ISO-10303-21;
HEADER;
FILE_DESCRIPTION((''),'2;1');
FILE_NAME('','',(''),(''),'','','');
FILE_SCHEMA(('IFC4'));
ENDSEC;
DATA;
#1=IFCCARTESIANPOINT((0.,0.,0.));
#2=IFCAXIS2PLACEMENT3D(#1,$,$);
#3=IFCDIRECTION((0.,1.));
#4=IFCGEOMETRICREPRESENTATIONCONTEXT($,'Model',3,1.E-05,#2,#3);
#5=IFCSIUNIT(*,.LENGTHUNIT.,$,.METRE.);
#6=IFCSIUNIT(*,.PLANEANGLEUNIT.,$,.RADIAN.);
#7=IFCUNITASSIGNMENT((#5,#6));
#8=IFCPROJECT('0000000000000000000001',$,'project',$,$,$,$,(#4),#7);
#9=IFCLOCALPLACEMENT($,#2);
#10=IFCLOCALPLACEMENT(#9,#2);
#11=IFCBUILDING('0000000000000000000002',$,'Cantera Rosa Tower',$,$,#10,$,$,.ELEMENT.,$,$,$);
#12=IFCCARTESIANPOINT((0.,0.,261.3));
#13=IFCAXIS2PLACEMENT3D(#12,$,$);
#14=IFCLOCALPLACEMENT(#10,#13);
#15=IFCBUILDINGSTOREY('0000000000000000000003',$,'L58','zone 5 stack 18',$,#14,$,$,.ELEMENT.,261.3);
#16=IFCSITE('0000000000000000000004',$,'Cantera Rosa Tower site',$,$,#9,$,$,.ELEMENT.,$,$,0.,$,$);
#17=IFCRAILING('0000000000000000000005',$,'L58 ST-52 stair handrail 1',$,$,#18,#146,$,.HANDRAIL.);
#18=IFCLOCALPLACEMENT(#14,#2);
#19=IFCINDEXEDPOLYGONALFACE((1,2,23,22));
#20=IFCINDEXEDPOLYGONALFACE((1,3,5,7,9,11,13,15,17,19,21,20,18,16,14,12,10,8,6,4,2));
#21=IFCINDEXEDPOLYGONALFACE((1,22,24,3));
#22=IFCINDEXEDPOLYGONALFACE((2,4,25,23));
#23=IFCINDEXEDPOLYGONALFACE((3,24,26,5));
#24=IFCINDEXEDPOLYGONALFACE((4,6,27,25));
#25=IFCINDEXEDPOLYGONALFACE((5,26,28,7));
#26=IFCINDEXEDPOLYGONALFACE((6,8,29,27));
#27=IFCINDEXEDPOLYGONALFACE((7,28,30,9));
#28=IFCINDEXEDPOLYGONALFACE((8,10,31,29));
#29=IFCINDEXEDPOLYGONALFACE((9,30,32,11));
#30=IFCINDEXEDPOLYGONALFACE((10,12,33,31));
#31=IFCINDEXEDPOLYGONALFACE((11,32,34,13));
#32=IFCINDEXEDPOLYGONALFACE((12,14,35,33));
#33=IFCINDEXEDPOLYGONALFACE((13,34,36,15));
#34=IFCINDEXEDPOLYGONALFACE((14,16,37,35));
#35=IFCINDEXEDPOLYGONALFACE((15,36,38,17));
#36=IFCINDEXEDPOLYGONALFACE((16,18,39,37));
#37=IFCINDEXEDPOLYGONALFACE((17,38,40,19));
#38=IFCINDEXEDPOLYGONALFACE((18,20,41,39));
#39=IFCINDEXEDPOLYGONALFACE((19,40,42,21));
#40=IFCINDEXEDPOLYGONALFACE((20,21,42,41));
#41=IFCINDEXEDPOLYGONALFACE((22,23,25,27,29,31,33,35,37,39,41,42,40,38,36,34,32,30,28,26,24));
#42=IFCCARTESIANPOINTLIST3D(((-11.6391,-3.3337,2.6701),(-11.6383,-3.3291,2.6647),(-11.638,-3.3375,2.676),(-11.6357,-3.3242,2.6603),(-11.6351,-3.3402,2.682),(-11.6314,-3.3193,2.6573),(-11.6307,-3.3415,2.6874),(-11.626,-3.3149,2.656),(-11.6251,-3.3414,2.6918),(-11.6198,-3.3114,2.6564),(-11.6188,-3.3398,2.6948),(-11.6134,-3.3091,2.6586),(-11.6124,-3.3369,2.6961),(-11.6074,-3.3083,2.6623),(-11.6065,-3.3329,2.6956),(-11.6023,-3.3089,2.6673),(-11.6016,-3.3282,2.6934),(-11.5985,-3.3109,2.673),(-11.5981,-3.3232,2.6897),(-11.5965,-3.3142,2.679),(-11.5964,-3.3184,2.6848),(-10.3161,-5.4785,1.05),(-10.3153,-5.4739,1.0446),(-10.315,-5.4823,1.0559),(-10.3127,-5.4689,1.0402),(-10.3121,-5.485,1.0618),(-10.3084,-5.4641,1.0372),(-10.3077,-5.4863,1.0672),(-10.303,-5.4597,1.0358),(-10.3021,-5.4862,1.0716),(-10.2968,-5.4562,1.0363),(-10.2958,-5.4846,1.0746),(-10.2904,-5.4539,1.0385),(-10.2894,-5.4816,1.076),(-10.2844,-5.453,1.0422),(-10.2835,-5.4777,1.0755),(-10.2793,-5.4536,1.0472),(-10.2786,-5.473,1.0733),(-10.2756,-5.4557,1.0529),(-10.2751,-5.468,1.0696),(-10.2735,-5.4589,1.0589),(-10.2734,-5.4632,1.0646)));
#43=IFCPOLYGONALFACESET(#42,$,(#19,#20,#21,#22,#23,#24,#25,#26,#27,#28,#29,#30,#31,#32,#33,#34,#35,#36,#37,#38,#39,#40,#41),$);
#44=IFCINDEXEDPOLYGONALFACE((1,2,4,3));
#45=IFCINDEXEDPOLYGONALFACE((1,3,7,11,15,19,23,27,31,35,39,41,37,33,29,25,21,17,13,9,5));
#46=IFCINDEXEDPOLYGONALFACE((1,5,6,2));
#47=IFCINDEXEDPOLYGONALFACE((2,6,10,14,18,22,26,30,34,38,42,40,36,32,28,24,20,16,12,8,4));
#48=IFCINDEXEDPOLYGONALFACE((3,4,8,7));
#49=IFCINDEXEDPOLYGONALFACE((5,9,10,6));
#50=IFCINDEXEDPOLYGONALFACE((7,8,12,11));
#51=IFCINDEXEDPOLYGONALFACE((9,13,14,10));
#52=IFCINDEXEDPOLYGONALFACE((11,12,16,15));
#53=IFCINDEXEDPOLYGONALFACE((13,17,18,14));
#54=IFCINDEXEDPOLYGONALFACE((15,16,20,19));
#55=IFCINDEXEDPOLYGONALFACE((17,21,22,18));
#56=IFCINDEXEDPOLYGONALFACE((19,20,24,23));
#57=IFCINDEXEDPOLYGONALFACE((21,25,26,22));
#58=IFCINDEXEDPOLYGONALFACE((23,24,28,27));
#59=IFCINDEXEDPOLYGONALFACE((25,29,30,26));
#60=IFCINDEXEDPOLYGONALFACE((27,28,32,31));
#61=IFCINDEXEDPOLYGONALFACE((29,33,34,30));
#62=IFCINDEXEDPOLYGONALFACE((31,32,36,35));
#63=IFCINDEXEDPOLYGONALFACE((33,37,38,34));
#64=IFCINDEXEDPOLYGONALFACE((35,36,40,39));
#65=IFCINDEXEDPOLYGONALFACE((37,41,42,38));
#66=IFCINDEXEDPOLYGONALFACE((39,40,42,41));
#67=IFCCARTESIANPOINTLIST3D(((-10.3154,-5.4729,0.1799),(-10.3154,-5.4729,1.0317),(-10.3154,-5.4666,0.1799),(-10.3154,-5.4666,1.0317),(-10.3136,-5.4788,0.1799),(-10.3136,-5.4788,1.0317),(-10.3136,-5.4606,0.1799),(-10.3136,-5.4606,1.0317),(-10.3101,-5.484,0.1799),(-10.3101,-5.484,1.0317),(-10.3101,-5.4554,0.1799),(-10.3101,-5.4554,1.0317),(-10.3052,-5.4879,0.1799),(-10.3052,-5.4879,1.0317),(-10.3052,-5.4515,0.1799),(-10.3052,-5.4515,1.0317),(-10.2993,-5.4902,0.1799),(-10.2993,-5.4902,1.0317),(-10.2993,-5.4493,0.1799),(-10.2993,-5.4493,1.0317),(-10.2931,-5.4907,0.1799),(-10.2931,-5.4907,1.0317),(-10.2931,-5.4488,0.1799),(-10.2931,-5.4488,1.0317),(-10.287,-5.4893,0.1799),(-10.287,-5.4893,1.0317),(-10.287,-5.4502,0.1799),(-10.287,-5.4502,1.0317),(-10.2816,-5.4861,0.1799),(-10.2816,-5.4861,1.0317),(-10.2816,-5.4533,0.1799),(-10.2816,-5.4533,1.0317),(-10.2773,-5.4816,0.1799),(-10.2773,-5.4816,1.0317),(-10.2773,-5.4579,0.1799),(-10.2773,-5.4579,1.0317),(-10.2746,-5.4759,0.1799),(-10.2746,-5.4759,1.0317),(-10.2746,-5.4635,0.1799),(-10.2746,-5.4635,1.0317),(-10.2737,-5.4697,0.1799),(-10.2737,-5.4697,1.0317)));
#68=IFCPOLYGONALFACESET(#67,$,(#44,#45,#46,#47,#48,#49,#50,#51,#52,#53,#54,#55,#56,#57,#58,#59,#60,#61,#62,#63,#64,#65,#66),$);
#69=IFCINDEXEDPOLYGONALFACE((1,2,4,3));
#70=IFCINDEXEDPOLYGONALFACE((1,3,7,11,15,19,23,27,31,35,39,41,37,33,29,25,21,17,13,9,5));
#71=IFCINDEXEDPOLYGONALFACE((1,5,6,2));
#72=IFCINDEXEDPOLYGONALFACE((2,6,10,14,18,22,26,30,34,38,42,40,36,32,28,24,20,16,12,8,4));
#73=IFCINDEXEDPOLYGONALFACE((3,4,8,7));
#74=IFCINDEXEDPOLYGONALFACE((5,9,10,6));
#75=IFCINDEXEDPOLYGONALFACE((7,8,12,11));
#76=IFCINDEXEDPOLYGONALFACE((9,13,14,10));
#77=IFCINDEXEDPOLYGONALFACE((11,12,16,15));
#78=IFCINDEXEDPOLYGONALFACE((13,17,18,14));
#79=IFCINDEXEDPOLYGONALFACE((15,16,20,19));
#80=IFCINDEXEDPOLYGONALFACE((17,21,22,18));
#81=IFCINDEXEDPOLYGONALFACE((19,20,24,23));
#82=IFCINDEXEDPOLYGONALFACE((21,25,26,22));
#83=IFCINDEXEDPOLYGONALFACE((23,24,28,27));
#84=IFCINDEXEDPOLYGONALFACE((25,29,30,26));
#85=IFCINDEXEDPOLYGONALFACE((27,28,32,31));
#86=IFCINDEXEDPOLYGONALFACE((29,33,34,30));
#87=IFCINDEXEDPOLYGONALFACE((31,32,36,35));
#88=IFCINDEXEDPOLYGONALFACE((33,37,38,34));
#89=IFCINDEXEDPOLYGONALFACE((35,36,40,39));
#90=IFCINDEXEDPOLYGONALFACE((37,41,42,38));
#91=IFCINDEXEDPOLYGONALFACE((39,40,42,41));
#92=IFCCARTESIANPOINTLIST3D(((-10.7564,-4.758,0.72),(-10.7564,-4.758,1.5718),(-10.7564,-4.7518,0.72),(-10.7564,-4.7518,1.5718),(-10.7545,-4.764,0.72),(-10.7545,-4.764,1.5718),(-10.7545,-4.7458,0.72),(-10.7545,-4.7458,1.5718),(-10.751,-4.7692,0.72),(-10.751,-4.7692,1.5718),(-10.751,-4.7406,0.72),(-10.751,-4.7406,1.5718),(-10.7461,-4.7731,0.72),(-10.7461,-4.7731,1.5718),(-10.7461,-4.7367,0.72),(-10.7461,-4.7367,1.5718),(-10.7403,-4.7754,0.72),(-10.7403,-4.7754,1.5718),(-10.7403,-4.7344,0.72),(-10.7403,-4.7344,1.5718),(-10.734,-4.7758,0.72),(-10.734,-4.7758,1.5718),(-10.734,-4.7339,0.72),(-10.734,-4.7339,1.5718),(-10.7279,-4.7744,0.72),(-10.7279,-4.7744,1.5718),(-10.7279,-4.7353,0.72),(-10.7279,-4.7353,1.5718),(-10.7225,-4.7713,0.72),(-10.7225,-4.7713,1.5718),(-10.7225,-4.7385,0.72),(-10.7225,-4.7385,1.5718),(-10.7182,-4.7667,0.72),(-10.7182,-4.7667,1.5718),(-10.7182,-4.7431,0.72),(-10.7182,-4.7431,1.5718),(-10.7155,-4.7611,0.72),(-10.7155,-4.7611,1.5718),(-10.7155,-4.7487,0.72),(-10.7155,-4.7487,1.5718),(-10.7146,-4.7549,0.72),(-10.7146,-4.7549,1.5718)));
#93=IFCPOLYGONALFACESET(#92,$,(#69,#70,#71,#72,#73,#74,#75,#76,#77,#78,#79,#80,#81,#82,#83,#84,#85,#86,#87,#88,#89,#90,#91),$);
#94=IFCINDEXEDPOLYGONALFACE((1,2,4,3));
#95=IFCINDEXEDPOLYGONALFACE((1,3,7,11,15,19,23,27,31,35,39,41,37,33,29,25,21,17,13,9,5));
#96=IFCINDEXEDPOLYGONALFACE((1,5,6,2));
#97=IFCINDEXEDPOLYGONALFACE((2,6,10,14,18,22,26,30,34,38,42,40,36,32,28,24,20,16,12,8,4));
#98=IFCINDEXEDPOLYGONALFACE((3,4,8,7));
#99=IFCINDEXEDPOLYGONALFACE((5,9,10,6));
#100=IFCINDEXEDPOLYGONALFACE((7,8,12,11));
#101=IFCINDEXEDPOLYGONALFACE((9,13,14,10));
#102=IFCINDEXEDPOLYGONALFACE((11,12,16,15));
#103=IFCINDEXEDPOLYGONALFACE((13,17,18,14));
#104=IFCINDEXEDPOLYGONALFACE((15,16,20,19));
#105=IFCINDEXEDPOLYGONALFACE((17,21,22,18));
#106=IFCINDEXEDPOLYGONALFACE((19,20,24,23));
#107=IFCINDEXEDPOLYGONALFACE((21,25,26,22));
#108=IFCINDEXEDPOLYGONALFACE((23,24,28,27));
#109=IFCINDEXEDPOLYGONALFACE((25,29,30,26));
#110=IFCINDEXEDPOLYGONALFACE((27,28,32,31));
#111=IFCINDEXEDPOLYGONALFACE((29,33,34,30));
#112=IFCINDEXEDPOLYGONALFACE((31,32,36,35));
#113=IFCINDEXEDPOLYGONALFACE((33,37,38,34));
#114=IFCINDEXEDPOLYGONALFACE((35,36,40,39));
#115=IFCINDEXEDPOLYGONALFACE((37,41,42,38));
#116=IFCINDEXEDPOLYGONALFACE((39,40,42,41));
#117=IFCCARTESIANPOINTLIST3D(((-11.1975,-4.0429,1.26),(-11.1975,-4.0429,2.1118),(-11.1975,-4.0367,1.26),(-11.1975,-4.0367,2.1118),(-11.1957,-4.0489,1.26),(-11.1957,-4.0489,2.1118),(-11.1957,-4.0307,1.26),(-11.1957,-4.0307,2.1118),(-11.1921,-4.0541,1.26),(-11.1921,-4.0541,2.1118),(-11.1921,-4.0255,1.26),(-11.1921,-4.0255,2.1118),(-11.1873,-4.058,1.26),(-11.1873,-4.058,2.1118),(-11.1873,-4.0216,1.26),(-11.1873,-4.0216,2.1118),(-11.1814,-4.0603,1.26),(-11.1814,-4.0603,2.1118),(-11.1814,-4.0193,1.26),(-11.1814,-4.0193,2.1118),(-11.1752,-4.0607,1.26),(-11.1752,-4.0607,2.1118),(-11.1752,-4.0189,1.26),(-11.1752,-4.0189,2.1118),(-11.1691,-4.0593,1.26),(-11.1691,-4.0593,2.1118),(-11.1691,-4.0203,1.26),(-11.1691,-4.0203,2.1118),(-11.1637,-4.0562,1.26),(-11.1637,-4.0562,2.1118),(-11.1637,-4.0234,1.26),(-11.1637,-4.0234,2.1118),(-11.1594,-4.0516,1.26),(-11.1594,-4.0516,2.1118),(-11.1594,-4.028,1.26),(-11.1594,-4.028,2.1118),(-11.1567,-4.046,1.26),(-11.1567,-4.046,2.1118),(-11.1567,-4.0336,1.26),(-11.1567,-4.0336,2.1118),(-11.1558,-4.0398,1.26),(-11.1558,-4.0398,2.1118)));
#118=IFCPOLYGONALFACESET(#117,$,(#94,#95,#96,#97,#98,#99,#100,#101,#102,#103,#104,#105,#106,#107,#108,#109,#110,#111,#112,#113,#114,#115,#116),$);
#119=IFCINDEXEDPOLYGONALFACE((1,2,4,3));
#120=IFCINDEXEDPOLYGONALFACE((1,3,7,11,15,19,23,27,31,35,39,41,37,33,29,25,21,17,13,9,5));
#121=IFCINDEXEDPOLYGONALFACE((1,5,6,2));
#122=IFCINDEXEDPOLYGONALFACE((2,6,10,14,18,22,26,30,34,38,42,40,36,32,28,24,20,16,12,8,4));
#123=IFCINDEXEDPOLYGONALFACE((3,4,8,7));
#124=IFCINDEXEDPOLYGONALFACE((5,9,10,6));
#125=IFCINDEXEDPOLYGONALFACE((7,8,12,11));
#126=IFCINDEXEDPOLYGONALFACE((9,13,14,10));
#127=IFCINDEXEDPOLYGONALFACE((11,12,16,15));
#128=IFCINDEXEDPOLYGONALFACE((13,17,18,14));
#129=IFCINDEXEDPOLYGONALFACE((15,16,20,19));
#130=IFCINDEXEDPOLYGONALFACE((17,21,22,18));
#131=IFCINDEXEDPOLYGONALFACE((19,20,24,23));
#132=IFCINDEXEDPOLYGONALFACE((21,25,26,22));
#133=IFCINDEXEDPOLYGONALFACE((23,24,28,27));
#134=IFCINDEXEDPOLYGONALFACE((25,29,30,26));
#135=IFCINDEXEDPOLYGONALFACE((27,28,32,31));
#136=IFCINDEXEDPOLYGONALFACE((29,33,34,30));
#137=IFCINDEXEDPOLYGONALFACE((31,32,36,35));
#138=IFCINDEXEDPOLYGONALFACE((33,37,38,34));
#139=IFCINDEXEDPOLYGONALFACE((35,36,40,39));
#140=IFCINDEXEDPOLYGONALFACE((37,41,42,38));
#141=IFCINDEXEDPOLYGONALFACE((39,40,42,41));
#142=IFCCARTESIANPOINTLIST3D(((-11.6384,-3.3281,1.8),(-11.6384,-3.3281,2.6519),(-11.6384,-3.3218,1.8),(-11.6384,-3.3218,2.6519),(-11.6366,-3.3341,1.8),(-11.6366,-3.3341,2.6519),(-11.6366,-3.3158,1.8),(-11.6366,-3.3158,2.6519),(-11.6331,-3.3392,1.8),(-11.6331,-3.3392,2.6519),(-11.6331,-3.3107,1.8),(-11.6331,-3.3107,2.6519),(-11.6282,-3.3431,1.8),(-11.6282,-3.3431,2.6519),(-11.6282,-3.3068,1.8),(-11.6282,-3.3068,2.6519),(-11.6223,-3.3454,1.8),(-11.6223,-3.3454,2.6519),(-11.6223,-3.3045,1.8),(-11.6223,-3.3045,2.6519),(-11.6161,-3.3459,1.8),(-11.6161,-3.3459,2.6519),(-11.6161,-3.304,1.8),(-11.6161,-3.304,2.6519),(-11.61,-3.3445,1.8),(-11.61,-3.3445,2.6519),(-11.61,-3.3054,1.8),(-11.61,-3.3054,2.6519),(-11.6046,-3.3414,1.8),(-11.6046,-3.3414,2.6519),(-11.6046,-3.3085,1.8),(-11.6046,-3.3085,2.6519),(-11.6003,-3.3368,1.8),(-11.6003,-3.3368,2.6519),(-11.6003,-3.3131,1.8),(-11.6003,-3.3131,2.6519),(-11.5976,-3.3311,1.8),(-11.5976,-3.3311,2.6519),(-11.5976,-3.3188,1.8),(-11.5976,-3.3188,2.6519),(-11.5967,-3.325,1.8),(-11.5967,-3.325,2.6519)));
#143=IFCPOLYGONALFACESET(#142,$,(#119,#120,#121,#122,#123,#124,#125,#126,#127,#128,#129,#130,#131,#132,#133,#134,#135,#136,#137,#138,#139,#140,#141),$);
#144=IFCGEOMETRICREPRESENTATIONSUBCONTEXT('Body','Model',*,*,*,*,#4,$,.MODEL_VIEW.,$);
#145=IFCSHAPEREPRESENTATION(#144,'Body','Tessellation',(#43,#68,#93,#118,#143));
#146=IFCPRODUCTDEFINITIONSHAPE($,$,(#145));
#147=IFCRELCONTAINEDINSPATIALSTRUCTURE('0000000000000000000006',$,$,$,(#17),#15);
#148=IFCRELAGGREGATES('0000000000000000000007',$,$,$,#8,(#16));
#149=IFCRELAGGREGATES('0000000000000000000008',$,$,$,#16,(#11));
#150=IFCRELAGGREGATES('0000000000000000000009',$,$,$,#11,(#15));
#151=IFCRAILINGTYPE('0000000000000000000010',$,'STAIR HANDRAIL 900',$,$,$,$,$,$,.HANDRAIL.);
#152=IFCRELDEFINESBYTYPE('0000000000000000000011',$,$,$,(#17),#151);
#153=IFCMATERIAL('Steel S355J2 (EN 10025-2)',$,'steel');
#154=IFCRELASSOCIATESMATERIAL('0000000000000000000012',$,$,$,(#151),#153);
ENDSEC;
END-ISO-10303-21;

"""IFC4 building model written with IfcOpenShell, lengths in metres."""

from ifc_helpers import new_model, si_unit, direction, frame, origin, origin_2d, place, context, subcontext, project, spatial, circle, extrude, material, type_object, element, save


model = new_model("IFC4")

# Units and contexts
model_context = context("Model", 3, precision=1e-05, world=origin(), true_north=direction((0.0, 1.0)))
body_context = subcontext(model_context, "Body", "Model", "MODEL_VIEW")
ifc_project = project(units=[si_unit("LENGTHUNIT", "METRE"), si_unit("PLANEANGLEUNIT", "RADIAN")], contexts=[model_context])

# Site, building, storey
site_placement = place(None, origin())
site = spatial("IfcSite", under=ifc_project, at=site_placement, Name="Cantera Rosa Tower site", CompositionType="ELEMENT", RefElevation=0.0)
building_placement = place(site_placement, origin())
building = spatial("IfcBuilding", under=site, at=building_placement, Name="Cantera Rosa Tower", CompositionType="ELEMENT")
storey_placement = place(building_placement, frame((0.0, 0.0, 261.3)))
storey = spatial("IfcBuildingStorey", under=building, at=storey_placement, Name="L58", Description="zone 5 stack 18", CompositionType="ELEMENT", Elevation=261.3)

# Railing
ifc_material_1 = material(Name="Steel S355J2 (EN 10025-2)", Category="steel")
railing_type_1 = type_object("IfcRailingType", Name="STAIR HANDRAIL 900", PredefinedType="HANDRAIL", material=ifc_material_1)
railing_1_placement = place(storey_placement, frame((-10.2947, -5.4697, 0.1799)))
element("IfcRailing", 1, at=railing_1_placement, inside=storey, type_object=railing_type_1, Name="L58 ST-52 stair handrail 1", PredefinedType="HANDRAIL", context=body_context, shape_type="SweptSolid", body=[
    extrude(circle(Radius=0.0239, at=origin_2d()), frame((0.0, 0.0, 0.876), z_axis=(-0.441609, 0.715914, 0.540786), x_axis=(-0.851102, -0.525, 0.0)), (0.0, 0.0, 1.0), 2.9958),
    extrude(circle(Radius=0.021, at=origin_2d()), origin(), (0.0, 0.0, 1.0), 0.8518),
    extrude(circle(Radius=0.021, at=origin_2d()), frame((-0.4409, 0.7148, 0.54)), (0.0, 0.0, 1.0), 0.8518),
    extrude(circle(Radius=0.021, at=origin_2d()), frame((-0.8821, 1.4299, 1.0801)), (0.0, 0.0, 1.0), 0.8518),
    extrude(circle(Radius=0.021, at=origin_2d()), frame((-1.323, 2.1448, 1.6201)), (0.0, 0.0, 1.0), 0.8518),
])

save(model, "model.ifc")
